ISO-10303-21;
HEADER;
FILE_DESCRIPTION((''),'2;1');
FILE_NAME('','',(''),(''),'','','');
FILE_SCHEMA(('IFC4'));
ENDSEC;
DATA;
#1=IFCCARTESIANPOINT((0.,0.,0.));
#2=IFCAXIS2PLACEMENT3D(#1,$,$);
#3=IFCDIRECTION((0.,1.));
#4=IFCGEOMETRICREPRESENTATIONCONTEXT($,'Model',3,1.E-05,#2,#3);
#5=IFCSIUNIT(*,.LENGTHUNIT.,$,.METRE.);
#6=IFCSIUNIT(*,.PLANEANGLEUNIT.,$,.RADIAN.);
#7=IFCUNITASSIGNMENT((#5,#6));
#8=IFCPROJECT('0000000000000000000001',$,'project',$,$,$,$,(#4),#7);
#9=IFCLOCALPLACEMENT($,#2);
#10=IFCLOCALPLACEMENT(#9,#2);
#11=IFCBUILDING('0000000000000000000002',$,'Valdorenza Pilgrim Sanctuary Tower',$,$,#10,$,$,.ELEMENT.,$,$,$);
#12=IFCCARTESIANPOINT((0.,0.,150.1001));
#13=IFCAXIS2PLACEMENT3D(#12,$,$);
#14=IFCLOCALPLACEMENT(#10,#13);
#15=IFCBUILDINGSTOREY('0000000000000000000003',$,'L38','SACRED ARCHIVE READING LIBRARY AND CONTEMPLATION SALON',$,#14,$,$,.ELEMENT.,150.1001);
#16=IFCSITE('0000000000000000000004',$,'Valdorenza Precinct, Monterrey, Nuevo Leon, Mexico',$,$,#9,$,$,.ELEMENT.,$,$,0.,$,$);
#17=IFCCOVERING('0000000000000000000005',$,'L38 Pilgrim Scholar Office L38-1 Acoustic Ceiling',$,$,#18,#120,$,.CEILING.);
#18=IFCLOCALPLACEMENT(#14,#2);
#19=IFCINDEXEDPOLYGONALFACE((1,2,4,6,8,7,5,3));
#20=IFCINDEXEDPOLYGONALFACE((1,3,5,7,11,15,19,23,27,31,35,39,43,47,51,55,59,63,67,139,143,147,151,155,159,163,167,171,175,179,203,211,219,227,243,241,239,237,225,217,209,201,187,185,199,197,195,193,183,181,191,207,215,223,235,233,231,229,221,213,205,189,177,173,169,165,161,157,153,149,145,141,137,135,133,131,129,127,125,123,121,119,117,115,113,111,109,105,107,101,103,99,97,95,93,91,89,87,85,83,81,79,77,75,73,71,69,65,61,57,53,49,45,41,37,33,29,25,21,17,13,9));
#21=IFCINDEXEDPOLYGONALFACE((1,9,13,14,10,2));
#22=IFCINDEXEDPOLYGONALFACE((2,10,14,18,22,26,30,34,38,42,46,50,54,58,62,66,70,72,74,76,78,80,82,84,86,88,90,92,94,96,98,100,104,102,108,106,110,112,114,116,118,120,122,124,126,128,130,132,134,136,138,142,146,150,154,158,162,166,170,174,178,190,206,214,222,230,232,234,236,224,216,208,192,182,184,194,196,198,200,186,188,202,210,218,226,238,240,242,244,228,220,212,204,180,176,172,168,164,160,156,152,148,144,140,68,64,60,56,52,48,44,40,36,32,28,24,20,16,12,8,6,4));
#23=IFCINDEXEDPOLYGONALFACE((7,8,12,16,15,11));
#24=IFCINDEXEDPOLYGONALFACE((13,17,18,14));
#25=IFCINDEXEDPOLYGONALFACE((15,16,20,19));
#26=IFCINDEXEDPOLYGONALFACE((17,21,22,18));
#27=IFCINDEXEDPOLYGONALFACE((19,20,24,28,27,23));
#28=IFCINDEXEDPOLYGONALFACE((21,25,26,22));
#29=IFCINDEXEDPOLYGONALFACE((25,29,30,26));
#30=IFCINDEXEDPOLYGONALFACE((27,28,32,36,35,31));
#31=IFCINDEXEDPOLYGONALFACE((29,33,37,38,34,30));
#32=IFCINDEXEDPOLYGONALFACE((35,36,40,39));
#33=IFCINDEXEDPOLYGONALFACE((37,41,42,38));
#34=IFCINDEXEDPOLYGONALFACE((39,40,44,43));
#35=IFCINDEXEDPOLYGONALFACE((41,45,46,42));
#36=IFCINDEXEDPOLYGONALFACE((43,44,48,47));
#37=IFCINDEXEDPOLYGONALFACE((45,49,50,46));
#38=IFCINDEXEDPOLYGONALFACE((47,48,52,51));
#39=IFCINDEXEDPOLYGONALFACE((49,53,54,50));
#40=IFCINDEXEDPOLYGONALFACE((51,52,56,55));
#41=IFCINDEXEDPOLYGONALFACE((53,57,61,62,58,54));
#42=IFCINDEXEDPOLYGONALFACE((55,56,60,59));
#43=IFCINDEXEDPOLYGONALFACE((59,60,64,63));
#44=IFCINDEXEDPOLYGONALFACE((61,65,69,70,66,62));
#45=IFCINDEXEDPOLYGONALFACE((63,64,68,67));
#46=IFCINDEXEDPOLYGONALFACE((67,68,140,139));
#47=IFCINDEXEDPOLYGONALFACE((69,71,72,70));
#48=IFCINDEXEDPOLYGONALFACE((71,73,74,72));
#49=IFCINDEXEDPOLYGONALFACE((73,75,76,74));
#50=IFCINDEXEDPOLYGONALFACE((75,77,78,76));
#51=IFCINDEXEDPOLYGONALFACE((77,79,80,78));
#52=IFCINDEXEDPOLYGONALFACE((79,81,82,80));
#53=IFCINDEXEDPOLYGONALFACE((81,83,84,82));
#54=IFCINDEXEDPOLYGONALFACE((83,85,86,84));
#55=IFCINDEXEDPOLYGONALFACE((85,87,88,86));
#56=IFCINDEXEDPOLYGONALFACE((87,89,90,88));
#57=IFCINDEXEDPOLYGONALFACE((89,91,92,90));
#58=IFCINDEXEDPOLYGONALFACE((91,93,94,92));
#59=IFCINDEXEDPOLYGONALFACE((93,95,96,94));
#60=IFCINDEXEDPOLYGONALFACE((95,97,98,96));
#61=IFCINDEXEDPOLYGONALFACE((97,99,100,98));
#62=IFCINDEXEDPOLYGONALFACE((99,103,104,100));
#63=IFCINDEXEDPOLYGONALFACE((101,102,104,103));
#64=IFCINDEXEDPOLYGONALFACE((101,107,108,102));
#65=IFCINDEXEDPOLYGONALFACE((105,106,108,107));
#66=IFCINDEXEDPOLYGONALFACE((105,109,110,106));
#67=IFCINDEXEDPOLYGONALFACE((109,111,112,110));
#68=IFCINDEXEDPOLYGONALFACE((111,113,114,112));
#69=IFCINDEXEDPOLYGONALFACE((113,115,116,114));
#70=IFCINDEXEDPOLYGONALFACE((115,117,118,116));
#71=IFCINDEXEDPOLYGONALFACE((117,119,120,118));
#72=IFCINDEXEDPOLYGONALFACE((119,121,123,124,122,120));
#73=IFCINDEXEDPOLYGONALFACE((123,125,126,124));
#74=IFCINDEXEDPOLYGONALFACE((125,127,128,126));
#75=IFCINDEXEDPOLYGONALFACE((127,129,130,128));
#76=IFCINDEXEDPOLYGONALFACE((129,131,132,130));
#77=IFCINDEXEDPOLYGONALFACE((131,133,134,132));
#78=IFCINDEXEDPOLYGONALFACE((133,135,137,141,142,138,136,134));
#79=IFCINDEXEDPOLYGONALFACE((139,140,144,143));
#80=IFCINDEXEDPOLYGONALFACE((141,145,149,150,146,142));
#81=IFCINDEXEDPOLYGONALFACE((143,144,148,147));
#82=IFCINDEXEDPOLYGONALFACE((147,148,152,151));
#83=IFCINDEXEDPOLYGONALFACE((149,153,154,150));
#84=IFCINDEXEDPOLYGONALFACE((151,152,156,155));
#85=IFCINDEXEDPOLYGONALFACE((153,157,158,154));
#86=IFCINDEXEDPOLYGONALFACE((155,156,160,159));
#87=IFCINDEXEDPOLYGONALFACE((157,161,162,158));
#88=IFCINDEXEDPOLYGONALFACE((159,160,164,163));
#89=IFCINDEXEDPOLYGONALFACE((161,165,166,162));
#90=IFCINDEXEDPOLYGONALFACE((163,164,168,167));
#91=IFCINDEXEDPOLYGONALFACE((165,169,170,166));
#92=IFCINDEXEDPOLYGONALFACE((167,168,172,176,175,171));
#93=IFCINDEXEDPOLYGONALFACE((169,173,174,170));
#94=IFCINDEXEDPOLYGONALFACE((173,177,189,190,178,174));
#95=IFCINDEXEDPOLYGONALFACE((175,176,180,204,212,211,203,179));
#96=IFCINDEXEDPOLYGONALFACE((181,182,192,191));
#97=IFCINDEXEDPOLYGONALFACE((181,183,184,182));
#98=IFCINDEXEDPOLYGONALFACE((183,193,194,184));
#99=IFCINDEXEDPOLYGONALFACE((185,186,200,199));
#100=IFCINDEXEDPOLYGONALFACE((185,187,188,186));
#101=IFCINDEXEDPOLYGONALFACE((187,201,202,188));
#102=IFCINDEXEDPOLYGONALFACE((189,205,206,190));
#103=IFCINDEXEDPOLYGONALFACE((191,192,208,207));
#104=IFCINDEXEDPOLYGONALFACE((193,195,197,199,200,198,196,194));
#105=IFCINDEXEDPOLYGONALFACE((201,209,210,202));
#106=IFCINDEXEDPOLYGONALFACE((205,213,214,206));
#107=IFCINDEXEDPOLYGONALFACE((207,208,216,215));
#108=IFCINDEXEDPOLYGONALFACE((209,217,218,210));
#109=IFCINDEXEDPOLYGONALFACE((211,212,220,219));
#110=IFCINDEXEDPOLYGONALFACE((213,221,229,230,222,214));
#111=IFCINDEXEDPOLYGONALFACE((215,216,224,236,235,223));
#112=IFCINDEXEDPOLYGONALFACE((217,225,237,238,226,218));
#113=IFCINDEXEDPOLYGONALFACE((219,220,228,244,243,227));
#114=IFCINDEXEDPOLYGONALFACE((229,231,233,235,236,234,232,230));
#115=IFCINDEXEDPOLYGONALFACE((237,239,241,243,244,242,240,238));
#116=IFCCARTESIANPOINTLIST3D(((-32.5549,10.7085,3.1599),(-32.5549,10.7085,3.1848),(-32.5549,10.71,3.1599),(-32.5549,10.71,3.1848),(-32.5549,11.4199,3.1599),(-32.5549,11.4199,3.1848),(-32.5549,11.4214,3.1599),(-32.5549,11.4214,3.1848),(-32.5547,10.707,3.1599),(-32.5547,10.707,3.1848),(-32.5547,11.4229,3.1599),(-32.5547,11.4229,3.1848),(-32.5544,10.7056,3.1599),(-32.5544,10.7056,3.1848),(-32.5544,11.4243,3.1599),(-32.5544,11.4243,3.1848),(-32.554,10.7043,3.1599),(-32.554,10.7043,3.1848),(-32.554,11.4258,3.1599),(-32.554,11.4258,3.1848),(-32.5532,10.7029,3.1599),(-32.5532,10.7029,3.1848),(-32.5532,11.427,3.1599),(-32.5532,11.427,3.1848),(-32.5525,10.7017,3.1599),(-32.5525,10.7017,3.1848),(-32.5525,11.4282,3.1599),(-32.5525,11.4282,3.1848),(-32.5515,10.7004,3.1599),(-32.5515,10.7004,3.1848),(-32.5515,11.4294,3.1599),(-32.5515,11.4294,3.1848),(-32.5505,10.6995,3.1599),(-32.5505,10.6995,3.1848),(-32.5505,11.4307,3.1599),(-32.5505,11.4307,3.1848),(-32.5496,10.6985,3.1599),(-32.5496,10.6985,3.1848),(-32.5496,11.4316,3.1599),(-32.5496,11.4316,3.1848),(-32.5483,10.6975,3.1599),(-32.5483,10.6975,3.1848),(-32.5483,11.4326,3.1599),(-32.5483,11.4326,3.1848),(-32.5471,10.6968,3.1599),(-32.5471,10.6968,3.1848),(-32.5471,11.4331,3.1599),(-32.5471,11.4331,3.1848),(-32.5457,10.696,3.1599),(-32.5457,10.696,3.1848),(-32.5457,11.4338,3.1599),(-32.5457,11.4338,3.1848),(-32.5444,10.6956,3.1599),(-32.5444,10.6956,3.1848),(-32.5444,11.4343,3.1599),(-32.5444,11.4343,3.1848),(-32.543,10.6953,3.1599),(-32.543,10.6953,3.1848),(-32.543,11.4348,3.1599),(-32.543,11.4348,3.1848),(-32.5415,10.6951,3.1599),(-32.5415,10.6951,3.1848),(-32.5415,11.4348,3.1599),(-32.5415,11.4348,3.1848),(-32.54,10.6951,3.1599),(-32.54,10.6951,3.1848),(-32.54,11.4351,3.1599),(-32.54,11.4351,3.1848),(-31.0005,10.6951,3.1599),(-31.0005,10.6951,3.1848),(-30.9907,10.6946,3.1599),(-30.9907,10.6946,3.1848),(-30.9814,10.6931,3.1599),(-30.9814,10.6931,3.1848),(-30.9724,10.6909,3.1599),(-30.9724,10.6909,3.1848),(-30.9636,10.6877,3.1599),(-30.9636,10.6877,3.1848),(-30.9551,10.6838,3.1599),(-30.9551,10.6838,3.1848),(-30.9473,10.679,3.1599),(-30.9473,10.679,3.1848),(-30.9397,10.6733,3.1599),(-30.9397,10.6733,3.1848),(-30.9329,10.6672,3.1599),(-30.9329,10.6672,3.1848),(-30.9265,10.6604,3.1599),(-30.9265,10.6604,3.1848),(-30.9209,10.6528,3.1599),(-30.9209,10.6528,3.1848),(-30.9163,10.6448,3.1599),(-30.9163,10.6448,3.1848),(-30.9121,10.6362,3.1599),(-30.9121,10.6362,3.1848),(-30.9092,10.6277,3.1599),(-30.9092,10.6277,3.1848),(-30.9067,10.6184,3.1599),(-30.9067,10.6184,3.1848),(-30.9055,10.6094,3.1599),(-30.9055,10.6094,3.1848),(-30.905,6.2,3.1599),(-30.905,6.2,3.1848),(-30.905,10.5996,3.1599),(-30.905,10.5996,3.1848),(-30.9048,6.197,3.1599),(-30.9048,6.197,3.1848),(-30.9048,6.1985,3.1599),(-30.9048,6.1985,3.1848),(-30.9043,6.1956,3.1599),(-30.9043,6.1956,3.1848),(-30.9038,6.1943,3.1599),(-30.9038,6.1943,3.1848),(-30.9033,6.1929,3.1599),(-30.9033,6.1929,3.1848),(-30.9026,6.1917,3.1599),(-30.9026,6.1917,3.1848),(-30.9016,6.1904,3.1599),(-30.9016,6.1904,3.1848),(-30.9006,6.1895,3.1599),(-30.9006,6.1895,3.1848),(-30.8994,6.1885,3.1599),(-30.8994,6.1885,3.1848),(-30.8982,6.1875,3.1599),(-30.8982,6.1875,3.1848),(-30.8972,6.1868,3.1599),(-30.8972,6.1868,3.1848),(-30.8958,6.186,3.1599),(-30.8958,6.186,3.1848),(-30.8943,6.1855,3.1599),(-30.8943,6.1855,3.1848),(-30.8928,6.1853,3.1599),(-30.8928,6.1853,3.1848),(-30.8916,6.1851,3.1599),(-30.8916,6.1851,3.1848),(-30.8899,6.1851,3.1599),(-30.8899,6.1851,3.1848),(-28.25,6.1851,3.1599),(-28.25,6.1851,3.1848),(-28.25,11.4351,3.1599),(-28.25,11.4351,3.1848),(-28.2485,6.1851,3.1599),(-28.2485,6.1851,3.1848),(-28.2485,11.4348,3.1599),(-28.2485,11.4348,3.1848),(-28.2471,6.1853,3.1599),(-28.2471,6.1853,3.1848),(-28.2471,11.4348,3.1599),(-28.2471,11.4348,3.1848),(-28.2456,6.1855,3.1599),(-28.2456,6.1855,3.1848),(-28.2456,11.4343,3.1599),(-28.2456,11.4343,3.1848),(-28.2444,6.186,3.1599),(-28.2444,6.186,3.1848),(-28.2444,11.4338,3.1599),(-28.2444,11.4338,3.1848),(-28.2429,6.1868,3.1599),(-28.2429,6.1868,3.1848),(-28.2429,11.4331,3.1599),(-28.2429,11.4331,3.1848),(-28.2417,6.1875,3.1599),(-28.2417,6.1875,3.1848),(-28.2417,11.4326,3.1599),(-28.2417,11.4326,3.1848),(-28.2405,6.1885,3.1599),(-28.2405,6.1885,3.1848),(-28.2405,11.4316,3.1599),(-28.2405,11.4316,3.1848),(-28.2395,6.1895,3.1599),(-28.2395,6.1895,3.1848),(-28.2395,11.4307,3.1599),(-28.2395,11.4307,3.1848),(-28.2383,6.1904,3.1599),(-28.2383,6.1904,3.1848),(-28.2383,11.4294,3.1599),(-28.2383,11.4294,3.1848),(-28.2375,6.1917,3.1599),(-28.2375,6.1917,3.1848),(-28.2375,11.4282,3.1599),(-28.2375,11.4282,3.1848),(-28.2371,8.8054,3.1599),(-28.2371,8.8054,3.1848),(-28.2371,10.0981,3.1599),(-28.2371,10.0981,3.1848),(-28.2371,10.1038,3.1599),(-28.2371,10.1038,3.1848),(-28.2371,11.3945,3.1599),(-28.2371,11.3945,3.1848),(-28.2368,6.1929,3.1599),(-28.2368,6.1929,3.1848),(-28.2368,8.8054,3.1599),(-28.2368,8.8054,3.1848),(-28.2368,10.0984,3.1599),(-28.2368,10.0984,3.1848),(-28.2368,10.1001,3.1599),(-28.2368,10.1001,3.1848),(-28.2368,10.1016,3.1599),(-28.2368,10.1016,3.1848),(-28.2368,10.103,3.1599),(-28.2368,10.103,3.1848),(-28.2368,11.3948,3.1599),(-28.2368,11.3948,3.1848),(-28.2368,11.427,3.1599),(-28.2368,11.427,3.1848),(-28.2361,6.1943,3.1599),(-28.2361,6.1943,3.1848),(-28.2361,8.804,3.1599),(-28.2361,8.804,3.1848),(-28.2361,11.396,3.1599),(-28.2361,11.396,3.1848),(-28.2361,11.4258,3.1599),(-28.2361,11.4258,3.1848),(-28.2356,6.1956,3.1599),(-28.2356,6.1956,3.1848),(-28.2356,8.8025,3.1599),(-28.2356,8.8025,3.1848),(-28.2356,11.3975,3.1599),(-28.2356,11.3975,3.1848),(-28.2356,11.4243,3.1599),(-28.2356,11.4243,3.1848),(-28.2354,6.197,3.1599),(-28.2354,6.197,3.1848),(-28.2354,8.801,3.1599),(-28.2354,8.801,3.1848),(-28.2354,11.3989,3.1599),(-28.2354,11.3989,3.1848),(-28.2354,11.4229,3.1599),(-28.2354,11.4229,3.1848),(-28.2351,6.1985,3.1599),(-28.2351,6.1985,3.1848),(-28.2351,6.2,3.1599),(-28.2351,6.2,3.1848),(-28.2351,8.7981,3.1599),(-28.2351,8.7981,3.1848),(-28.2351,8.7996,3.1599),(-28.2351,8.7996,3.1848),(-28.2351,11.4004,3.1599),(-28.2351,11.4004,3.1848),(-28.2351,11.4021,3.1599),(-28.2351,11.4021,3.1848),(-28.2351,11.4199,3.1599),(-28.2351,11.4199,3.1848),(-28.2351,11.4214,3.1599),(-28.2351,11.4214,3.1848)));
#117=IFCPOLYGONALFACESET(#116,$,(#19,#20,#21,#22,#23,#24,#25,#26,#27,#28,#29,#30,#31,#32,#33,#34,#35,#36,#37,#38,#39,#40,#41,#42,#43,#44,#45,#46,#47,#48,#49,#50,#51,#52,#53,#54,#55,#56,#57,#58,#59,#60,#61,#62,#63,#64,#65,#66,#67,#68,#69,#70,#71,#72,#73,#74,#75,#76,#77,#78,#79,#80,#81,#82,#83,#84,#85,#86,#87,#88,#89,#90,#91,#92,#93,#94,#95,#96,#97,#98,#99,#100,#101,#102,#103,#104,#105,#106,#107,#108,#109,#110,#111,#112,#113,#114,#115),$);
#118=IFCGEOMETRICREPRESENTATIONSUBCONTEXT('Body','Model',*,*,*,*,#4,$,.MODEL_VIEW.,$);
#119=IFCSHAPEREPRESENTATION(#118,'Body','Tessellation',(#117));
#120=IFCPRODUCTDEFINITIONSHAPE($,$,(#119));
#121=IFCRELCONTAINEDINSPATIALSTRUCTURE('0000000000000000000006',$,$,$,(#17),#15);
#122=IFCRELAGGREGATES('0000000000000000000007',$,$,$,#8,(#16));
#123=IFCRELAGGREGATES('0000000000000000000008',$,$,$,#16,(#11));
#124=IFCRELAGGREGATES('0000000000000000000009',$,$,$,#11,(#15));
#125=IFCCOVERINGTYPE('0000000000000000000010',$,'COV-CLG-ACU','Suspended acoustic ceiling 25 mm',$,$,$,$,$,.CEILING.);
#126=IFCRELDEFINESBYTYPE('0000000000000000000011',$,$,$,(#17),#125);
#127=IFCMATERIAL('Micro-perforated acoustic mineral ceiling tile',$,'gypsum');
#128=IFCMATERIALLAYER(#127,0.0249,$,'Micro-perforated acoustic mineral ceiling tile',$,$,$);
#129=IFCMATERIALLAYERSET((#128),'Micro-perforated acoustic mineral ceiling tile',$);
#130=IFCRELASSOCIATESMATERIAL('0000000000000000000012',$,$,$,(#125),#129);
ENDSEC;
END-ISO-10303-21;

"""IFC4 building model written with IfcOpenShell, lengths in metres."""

from ifc_helpers import new_model, si_unit, direction, frame, origin, place, context, subcontext, project, spatial, polyline, outline, extrude, material, layer, layer_set, type_object, element, save


model = new_model("IFC4")

# Units and contexts
model_context = context("Model", 3, precision=1e-05, world=origin(), true_north=direction((0.0, 1.0)))
body_context = subcontext(model_context, "Body", "Model", "MODEL_VIEW")
ifc_project = project(units=[si_unit("LENGTHUNIT", "METRE"), si_unit("PLANEANGLEUNIT", "RADIAN")], contexts=[model_context])

# Site, building, storey
site_placement = place(None, origin())
site = spatial("IfcSite", under=ifc_project, at=site_placement, Name="Valdorenza Precinct, Monterrey, Nuevo Leon, Mexico", CompositionType="ELEMENT", RefElevation=0.0)
building_placement = place(site_placement, origin())
building = spatial("IfcBuilding", under=site, at=building_placement, Name="Valdorenza Pilgrim Sanctuary Tower", CompositionType="ELEMENT")
storey_placement = place(building_placement, frame((0.0, 0.0, 150.1001)))
storey = spatial("IfcBuildingStorey", under=building, at=storey_placement, Name="L38", Description="SACRED ARCHIVE READING LIBRARY AND CONTEMPLATION SALON", CompositionType="ELEMENT", Elevation=150.1001)

# Covering
ifc_material_1 = material(Name="Micro-perforated acoustic mineral ceiling tile", Category="gypsum")
ifc_layer_1 = layer(ifc_material_1, 0.0249, Name="Micro-perforated acoustic mineral ceiling tile")
ifc_layer_set_1 = layer_set([ifc_layer_1], Name="Micro-perforated acoustic mineral ceiling tile")
covering_type_1 = type_object("IfcCoveringType", Name="COV-CLG-ACU", Description="Suspended acoustic ceiling 25 mm", PredefinedType="CEILING", material=ifc_layer_set_1)
covering_1_placement = place(storey_placement, frame((0.0, 0.0, 3.1599)))
element("IfcCovering", 1, at=covering_1_placement, inside=storey, type_object=covering_type_1, Name="L38 Pilgrim Scholar Office L38-1 Acoustic Ceiling", PredefinedType="CEILING", context=body_context, shape_type="SweptSolid", body=[
    extrude(outline(polyline([(-28.2371, 8.8054), (-28.2368, 8.8054), (-28.2361, 8.804), (-28.2356, 8.8025), (-28.2354, 8.801), (-28.2351, 8.7996), (-28.2351, 8.7981), (-28.2351, 6.2), (-28.2351, 6.1985), (-28.2354, 6.197), (-28.2356, 6.1956), (-28.2361, 6.1943), (-28.2368, 6.1929), (-28.2375, 6.1917), (-28.2383, 6.1904), (-28.2395, 6.1895), (-28.2405, 6.1885), (-28.2417, 6.1875), (-28.2429, 6.1868), (-28.2444, 6.186), (-28.2456, 6.1855), (-28.2471, 6.1853), (-28.2485, 6.1851), (-28.25, 6.1851), (-30.8899, 6.1851), (-30.8916, 6.1851), (-30.8928, 6.1853), (-30.8943, 6.1855), (-30.8958, 6.186), (-30.8972, 6.1868), (-30.8982, 6.1875), (-30.8994, 6.1885), (-30.9006, 6.1895), (-30.9016, 6.1904), (-30.9026, 6.1917), (-30.9033, 6.1929), (-30.9038, 6.1943), (-30.9043, 6.1956), (-30.9048, 6.197), (-30.9048, 6.1985), (-30.905, 6.2), (-30.905, 10.5996), (-30.9055, 10.6094), (-30.9067, 10.6184), (-30.9092, 10.6277), (-30.9121, 10.6362), (-30.9163, 10.6448), (-30.9209, 10.6528), (-30.9265, 10.6604), (-30.9329, 10.6672), (-30.9397, 10.6733), (-30.9473, 10.679), (-30.9551, 10.6838), (-30.9636, 10.6877), (-30.9724, 10.6909), (-30.9814, 10.6931), (-30.9907, 10.6946), (-31.0005, 10.6951), (-32.54, 10.6951), (-32.5415, 10.6951), (-32.543, 10.6953), (-32.5444, 10.6956), (-32.5457, 10.696), (-32.5471, 10.6968), (-32.5483, 10.6975), (-32.5496, 10.6985), (-32.5505, 10.6995), (-32.5515, 10.7004), (-32.5525, 10.7017), (-32.5532, 10.7029), (-32.554, 10.7043), (-32.5544, 10.7056), (-32.5547, 10.707), (-32.5549, 10.7085), (-32.5549, 10.71), (-32.5549, 11.4199), (-32.5549, 11.4214), (-32.5547, 11.4229), (-32.5544, 11.4243), (-32.554, 11.4258), (-32.5532, 11.427), (-32.5525, 11.4282), (-32.5515, 11.4294), (-32.5505, 11.4307), (-32.5496, 11.4316), (-32.5483, 11.4326), (-32.5471, 11.4331), (-32.5457, 11.4338), (-32.5444, 11.4343), (-32.543, 11.4348), (-32.5415, 11.4348), (-32.54, 11.4351), (-28.25, 11.4351), (-28.2485, 11.4348), (-28.2471, 11.4348), (-28.2456, 11.4343), (-28.2444, 11.4338), (-28.2429, 11.4331), (-28.2417, 11.4326), (-28.2405, 11.4316), (-28.2395, 11.4307), (-28.2383, 11.4294), (-28.2375, 11.4282), (-28.2368, 11.427), (-28.2361, 11.4258), (-28.2356, 11.4243), (-28.2354, 11.4229), (-28.2351, 11.4214), (-28.2351, 11.4199), (-28.2351, 11.4021), (-28.2351, 11.4004), (-28.2354, 11.3989), (-28.2356, 11.3975), (-28.2361, 11.396), (-28.2368, 11.3948), (-28.2371, 11.3945), (-28.2371, 10.1038), (-28.2368, 10.103), (-28.2368, 10.1016), (-28.2368, 10.1001), (-28.2368, 10.0984), (-28.2371, 10.0981), (-28.2371, 8.8054)])), origin(), (0.0, 0.0, 1.0), 0.0249),
])

save(model, "model.ifc")
